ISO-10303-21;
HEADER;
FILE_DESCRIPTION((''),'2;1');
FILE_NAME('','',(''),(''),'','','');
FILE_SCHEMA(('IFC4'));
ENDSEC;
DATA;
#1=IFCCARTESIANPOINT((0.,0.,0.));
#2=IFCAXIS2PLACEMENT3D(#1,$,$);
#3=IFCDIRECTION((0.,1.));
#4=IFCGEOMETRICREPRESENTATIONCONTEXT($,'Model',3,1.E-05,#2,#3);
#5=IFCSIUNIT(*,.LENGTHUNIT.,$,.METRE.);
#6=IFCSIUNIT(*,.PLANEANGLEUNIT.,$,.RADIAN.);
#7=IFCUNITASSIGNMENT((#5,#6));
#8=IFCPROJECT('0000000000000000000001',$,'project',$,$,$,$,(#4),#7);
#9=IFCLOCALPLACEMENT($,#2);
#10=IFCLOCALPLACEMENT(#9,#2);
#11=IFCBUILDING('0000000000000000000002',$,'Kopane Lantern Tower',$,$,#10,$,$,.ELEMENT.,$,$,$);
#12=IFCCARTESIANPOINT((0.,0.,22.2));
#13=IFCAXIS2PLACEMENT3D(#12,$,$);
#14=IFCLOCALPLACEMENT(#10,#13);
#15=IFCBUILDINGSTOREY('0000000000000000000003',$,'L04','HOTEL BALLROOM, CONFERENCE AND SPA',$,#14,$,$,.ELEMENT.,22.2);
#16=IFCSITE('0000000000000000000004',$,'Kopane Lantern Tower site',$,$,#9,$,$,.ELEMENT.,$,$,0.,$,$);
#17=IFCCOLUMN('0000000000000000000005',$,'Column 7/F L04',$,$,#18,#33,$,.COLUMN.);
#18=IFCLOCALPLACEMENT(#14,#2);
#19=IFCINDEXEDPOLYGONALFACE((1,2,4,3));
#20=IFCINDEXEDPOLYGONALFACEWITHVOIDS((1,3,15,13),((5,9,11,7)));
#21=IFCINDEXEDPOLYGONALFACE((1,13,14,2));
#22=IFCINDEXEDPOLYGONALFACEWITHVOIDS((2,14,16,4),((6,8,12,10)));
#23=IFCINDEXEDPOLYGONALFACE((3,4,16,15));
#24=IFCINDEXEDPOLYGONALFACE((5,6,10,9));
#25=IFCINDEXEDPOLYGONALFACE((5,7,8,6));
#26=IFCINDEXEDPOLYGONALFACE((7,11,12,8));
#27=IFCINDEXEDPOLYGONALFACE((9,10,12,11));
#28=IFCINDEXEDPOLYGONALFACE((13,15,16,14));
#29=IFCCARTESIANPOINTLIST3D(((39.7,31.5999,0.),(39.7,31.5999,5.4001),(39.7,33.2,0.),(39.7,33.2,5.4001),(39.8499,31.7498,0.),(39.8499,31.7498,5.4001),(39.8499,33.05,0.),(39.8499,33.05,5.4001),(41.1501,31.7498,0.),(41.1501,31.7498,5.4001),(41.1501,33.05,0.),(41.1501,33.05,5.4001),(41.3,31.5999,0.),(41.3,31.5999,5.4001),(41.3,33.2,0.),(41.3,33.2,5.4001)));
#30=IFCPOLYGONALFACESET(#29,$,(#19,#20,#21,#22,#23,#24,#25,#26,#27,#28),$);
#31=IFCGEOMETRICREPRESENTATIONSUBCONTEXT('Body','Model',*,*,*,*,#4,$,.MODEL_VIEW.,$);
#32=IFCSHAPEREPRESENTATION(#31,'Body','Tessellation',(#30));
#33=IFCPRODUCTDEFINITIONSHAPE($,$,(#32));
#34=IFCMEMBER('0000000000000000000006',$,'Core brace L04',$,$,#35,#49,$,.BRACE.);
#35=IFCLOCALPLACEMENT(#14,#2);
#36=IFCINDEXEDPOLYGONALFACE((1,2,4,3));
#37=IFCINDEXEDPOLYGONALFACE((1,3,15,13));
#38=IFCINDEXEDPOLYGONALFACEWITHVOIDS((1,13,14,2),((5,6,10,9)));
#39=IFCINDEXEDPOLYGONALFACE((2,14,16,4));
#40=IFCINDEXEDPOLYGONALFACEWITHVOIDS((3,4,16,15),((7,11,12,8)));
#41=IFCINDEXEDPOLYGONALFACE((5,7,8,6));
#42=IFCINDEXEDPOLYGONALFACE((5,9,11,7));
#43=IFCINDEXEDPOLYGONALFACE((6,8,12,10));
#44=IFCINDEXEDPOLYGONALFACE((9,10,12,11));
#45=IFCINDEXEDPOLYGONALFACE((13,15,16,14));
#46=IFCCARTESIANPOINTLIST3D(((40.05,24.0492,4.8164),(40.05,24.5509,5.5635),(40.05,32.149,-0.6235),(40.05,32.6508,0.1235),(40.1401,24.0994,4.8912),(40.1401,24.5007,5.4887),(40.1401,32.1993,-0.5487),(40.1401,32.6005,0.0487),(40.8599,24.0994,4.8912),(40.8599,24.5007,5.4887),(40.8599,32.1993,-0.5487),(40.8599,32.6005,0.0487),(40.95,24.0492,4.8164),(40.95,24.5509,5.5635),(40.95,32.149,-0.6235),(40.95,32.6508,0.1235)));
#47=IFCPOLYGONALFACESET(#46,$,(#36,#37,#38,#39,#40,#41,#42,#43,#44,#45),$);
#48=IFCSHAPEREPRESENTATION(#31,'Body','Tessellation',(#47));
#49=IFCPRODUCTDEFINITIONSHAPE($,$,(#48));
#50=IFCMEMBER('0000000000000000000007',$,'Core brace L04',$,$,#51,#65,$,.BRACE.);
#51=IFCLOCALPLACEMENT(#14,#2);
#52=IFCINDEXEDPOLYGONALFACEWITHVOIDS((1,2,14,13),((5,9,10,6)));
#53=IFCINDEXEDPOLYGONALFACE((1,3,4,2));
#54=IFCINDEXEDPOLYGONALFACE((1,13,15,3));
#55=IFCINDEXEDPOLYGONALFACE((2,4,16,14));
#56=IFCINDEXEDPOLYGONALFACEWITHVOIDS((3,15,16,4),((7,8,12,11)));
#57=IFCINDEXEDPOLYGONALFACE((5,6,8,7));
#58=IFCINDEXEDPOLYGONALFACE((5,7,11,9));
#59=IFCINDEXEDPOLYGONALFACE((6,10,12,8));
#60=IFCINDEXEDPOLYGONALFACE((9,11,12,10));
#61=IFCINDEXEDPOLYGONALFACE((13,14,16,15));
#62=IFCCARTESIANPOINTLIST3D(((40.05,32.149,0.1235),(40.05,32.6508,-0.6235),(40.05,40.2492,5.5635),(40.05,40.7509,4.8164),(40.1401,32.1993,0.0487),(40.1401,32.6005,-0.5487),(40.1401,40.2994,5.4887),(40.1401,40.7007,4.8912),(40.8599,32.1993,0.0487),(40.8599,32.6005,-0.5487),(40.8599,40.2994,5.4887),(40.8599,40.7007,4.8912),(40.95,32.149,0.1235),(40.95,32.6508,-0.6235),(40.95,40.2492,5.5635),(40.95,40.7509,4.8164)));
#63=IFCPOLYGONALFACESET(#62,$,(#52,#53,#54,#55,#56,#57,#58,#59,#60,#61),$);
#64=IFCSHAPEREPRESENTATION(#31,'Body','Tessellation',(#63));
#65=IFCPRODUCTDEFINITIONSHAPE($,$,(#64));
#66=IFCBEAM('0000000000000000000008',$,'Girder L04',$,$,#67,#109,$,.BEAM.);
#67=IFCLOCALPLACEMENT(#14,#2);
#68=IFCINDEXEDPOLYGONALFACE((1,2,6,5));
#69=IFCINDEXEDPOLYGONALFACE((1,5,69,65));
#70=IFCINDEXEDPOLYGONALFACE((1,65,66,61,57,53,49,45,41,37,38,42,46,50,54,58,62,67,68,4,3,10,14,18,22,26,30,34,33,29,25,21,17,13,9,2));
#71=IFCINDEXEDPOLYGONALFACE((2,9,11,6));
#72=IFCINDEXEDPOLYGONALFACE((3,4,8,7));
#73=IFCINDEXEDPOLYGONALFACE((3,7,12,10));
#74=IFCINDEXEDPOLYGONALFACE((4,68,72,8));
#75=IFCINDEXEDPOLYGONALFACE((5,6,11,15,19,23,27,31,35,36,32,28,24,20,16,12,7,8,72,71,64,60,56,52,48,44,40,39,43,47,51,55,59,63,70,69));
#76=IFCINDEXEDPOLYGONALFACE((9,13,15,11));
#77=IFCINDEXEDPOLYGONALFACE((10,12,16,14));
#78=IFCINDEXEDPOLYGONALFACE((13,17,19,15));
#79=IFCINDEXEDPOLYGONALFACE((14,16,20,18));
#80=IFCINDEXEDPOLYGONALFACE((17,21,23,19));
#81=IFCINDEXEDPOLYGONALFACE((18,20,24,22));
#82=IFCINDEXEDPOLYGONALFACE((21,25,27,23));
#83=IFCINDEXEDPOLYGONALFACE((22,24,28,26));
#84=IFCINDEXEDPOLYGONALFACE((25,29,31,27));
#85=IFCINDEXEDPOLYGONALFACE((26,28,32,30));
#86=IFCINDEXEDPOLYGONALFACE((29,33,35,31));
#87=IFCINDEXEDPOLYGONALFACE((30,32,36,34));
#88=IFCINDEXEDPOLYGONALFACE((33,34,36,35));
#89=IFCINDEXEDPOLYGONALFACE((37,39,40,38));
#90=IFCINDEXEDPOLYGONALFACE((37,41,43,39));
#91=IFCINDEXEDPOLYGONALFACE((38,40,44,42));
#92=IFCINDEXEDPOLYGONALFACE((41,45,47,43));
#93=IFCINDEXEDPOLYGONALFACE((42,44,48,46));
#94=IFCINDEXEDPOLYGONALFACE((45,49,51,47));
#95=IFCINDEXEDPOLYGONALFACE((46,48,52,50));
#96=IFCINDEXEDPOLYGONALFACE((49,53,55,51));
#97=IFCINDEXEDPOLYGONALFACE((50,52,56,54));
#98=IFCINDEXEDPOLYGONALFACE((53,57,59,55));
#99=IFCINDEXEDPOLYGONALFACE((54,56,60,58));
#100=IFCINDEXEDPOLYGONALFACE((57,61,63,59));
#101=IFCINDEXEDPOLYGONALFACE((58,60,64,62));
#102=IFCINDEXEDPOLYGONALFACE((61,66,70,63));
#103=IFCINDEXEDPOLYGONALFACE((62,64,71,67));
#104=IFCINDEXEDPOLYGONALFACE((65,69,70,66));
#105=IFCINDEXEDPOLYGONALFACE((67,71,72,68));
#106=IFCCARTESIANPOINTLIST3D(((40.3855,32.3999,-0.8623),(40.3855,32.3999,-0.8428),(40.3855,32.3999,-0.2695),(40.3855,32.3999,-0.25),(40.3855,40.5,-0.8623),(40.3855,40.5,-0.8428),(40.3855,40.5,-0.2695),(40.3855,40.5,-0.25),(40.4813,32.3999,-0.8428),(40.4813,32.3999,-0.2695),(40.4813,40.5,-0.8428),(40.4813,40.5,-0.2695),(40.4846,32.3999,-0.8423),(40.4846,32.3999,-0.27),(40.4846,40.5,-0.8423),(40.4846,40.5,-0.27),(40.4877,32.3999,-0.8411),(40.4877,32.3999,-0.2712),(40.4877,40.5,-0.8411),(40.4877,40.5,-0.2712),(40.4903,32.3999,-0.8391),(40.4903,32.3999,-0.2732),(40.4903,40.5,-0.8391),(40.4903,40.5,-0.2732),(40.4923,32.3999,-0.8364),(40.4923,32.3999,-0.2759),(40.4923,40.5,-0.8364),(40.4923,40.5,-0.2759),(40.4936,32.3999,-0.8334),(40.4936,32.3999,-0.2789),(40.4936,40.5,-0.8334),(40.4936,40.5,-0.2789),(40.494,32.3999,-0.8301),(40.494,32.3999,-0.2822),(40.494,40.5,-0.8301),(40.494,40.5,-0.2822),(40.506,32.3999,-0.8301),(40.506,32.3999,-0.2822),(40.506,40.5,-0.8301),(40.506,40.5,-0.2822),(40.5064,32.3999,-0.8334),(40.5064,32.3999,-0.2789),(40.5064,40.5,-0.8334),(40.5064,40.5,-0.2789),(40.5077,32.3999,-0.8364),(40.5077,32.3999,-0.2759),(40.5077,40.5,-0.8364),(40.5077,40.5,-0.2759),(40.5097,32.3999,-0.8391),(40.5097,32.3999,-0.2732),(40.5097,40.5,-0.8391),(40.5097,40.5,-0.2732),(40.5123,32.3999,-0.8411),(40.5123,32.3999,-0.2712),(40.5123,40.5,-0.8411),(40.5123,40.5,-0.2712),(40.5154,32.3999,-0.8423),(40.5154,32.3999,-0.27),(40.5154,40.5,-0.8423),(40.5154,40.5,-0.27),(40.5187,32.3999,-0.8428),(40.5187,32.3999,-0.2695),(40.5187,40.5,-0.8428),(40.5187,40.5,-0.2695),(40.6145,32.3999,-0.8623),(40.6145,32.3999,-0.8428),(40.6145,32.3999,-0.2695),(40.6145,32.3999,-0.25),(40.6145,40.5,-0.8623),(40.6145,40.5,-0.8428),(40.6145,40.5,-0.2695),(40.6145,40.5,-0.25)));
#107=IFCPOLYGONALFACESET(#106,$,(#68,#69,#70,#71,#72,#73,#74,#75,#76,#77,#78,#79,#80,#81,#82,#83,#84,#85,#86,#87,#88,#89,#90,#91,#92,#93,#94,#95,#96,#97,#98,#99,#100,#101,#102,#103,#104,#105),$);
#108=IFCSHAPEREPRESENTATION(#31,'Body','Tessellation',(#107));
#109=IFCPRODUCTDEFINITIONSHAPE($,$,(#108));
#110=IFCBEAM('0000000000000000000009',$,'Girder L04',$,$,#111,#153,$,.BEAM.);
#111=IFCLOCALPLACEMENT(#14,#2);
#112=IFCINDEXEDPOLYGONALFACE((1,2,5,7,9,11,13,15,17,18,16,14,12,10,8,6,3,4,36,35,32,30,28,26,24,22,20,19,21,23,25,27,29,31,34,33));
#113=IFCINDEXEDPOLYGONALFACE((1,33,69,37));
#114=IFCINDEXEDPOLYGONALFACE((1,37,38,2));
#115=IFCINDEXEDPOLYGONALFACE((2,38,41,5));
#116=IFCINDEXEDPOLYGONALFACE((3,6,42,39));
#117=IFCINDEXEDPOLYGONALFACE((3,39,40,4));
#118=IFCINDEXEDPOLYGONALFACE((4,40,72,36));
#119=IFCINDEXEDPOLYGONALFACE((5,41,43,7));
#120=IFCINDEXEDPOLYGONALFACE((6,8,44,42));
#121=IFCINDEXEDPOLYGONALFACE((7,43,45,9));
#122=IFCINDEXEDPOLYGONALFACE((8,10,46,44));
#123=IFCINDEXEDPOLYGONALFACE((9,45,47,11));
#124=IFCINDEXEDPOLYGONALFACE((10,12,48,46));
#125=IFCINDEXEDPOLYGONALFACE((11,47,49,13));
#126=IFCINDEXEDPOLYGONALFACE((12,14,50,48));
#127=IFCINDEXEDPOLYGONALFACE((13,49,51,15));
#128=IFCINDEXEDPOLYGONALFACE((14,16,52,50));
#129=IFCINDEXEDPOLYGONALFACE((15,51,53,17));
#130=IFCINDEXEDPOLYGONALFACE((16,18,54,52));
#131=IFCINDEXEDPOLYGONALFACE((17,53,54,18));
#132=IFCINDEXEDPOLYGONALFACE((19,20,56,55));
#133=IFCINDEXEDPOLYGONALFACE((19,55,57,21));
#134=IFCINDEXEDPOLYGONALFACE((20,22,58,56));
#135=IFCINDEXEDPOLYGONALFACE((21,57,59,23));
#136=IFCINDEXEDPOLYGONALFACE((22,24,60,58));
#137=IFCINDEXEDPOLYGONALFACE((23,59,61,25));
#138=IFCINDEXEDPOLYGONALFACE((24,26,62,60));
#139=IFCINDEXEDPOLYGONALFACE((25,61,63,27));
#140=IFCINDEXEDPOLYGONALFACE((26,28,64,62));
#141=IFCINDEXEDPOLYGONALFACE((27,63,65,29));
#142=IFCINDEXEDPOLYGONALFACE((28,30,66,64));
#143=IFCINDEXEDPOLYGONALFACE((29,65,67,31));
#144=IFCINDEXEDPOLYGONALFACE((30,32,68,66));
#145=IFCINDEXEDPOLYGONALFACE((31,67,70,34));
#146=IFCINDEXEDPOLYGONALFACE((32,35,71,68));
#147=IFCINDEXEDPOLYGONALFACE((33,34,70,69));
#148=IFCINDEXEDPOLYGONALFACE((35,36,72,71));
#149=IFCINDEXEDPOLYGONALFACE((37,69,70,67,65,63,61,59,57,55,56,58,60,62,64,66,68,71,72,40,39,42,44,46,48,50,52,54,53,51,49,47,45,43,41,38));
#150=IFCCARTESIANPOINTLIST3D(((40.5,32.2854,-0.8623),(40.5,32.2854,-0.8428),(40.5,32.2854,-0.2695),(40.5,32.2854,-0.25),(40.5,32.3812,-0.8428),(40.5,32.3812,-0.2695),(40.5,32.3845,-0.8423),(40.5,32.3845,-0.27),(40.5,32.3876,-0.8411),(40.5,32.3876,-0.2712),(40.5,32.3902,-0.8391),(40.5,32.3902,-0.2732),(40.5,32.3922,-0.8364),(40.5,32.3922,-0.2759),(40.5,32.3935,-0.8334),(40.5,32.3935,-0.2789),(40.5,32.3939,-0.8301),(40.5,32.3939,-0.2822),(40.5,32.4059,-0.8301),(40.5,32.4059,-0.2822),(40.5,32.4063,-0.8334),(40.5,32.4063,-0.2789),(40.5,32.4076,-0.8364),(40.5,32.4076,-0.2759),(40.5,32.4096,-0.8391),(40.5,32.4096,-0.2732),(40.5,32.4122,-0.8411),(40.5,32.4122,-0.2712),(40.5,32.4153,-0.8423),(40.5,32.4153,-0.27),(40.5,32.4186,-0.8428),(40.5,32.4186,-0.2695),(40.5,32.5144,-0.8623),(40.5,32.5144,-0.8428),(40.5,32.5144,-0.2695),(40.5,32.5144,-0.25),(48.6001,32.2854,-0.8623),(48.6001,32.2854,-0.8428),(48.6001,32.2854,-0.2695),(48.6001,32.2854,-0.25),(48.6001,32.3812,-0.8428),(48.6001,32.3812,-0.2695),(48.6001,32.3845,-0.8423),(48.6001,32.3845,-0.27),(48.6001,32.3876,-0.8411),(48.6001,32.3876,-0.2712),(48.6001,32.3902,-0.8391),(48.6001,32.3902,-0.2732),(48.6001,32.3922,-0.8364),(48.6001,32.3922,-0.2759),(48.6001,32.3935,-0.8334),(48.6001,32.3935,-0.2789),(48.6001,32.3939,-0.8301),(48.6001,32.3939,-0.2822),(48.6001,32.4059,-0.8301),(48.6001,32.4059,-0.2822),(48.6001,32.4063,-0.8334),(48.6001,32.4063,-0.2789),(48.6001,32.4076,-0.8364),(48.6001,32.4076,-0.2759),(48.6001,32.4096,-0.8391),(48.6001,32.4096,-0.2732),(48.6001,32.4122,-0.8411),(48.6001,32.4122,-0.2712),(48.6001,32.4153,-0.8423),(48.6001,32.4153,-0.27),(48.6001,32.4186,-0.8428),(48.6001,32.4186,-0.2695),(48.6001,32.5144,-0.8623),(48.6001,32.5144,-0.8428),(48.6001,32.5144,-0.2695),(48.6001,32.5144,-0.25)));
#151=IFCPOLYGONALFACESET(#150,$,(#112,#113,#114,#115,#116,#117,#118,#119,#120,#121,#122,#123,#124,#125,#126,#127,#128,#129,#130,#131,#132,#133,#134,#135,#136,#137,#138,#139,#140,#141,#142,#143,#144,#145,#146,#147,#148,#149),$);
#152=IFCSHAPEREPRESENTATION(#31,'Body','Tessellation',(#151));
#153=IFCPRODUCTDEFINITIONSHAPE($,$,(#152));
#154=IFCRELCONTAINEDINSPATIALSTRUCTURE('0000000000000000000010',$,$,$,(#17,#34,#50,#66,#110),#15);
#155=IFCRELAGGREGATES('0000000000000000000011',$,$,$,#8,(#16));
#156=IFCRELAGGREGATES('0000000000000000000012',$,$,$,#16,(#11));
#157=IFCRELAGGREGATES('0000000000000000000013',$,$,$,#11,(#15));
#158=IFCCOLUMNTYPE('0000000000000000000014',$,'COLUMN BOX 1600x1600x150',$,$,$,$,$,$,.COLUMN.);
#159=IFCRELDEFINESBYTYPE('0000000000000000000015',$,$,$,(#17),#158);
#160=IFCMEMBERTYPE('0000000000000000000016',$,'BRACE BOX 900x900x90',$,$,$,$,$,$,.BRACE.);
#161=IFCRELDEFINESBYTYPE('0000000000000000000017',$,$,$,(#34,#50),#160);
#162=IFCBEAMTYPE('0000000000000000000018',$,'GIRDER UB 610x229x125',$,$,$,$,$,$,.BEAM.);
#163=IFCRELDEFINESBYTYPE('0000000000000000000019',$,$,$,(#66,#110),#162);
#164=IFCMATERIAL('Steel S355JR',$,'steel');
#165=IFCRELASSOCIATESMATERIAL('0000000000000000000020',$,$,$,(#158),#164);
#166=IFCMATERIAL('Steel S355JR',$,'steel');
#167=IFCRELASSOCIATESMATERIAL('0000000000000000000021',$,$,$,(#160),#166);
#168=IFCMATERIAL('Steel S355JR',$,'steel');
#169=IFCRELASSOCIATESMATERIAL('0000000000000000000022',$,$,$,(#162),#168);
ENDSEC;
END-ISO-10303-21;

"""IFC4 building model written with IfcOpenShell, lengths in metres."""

from ifc_helpers import new_model, si_unit, direction, frame, origin, origin_2d, place, context, subcontext, project, spatial, hollow_rectangle, i_section, extrude, material, material_profile, profile_set, type_object, element, save


model = new_model("IFC4")

# Units and contexts
model_context = context("Model", 3, precision=1e-05, world=origin(), true_north=direction((0.0, 1.0)))
body_context = subcontext(model_context, "Body", "Model", "MODEL_VIEW")
ifc_project = project(units=[si_unit("LENGTHUNIT", "METRE"), si_unit("PLANEANGLEUNIT", "RADIAN")], contexts=[model_context])

# Site, building, storey
site_placement = place(None, origin())
site = spatial("IfcSite", under=ifc_project, at=site_placement, Name="Kopane Lantern Tower site", CompositionType="ELEMENT", RefElevation=0.0)
building_placement = place(site_placement, origin())
building = spatial("IfcBuilding", under=site, at=building_placement, Name="Kopane Lantern Tower", CompositionType="ELEMENT")
storey_placement = place(building_placement, frame((0.0, 0.0, 22.2)))
storey = spatial("IfcBuildingStorey", under=building, at=storey_placement, Name="L04", Description="HOTEL BALLROOM, CONFERENCE AND SPA", CompositionType="ELEMENT", Elevation=22.2)

# Column
ifc_material_1 = material(Name="Steel S355JR", Category="steel")
ifc_material_profile_1 = material_profile(ifc_material_1, hollow_rectangle(XDim=1.6001, YDim=1.6001, WallThickness=0.1499, at=origin_2d()), Name="BOX 1600x1600x150")
ifc_profile_set_1 = profile_set([ifc_material_profile_1], Name="Steel S355JR")
column_type = type_object("IfcColumnType", Name="COLUMN BOX 1600x1600x150", PredefinedType="COLUMN", material=ifc_profile_set_1)
column_placement = place(storey_placement, frame((40.5, 32.3999, 0.0), z_axis=(0.0, 0.0, 1.0), x_axis=(1.0, 0.0, 0.0)))
element("IfcColumn", 1, at=column_placement, inside=storey, type_object=column_type, Name="Column 7/F L04", PredefinedType="COLUMN", context=body_context, shape_type="SweptSolid", body=[
    extrude(hollow_rectangle(XDim=1.6001, YDim=1.6001, WallThickness=0.1499, at=origin_2d()), origin(), (0.0, 0.0, 1.0), 5.4001),
])

# Members
ifc_material_2 = material(Name="Steel S355JR", Category="steel")
ifc_material_profile_2 = material_profile(ifc_material_2, hollow_rectangle(XDim=0.8999, YDim=0.8999, WallThickness=0.0901, at=origin_2d()), Name="BOX 900x900x90")
ifc_profile_set_2 = profile_set([ifc_material_profile_2], Name="Steel S355JR")
member_type = type_object("IfcMemberType", Name="BRACE BOX 900x900x90", PredefinedType="BRACE", material=ifc_profile_set_2)
member_1_placement = place(storey_placement, frame((40.5, 32.3999, -0.25), z_axis=(0.0, -0.830151, 0.557538), x_axis=(1.0, 0.0, 0.0)))
element("IfcMember", 2, at=member_1_placement, inside=storey, type_object=member_type, Name="Core brace L04", PredefinedType="BRACE", context=body_context, shape_type="SweptSolid", body=[
    extrude(hollow_rectangle(XDim=0.8999, YDim=0.8999, WallThickness=0.0901, at=origin_2d()), origin(), (0.0, 0.0, 1.0), 9.7571),
])
member_2_placement = place(storey_placement, frame((40.5, 32.3999, -0.25), z_axis=(0.0, 0.830159, 0.557526), x_axis=(-1.0, 0.0, 0.0)))
element("IfcMember", 3, at=member_2_placement, inside=storey, type_object=member_type, Name="Core brace L04", PredefinedType="BRACE", context=body_context, shape_type="SweptSolid", body=[
    extrude(hollow_rectangle(XDim=0.8999, YDim=0.8999, WallThickness=0.0901, at=origin_2d()), origin(), (0.0, 0.0, 1.0), 9.7573),
])

# Beams
ifc_material_3 = material(Name="Steel S355JR", Category="steel")
ifc_material_profile_3 = material_profile(ifc_material_3, i_section(OverallWidth=0.229, OverallDepth=0.6123, WebThickness=0.012, FlangeThickness=0.0195, FilletRadius=0.0127, at=origin_2d()), Name="UB 610x229x125")
ifc_profile_set_3 = profile_set([ifc_material_profile_3], Name="Steel S355JR")
beam_type_1 = type_object("IfcBeamType", Name="GIRDER UB 610x229x125", PredefinedType="BEAM", material=ifc_profile_set_3)
for number, where, z_axis, x_axis, name in (
    (4, (40.5, 32.3999, -0.5562), (0.0, 1.0, 0.0), (-1.0, 0.0, 0.0), "Girder L04"),
    (5, (40.5, 32.3999, -0.5562), (1.0, 0.0, 0.0), (0.0, 1.0, 0.0), "Girder L04"),
):
    element("IfcBeam", number, at=place(storey_placement, frame(where, z_axis=z_axis, x_axis=x_axis)), inside=storey, type_object=beam_type_1, Name=name, PredefinedType="BEAM", context=body_context, shape_type="SweptSolid", body=[
        extrude(i_section(OverallWidth=0.229, OverallDepth=0.6123, WebThickness=0.012, FlangeThickness=0.0195, FilletRadius=0.0127, at=origin_2d()), origin(), (0.0, 0.0, 1.0), 8.1001),
    ])

save(model, "model.ifc")
